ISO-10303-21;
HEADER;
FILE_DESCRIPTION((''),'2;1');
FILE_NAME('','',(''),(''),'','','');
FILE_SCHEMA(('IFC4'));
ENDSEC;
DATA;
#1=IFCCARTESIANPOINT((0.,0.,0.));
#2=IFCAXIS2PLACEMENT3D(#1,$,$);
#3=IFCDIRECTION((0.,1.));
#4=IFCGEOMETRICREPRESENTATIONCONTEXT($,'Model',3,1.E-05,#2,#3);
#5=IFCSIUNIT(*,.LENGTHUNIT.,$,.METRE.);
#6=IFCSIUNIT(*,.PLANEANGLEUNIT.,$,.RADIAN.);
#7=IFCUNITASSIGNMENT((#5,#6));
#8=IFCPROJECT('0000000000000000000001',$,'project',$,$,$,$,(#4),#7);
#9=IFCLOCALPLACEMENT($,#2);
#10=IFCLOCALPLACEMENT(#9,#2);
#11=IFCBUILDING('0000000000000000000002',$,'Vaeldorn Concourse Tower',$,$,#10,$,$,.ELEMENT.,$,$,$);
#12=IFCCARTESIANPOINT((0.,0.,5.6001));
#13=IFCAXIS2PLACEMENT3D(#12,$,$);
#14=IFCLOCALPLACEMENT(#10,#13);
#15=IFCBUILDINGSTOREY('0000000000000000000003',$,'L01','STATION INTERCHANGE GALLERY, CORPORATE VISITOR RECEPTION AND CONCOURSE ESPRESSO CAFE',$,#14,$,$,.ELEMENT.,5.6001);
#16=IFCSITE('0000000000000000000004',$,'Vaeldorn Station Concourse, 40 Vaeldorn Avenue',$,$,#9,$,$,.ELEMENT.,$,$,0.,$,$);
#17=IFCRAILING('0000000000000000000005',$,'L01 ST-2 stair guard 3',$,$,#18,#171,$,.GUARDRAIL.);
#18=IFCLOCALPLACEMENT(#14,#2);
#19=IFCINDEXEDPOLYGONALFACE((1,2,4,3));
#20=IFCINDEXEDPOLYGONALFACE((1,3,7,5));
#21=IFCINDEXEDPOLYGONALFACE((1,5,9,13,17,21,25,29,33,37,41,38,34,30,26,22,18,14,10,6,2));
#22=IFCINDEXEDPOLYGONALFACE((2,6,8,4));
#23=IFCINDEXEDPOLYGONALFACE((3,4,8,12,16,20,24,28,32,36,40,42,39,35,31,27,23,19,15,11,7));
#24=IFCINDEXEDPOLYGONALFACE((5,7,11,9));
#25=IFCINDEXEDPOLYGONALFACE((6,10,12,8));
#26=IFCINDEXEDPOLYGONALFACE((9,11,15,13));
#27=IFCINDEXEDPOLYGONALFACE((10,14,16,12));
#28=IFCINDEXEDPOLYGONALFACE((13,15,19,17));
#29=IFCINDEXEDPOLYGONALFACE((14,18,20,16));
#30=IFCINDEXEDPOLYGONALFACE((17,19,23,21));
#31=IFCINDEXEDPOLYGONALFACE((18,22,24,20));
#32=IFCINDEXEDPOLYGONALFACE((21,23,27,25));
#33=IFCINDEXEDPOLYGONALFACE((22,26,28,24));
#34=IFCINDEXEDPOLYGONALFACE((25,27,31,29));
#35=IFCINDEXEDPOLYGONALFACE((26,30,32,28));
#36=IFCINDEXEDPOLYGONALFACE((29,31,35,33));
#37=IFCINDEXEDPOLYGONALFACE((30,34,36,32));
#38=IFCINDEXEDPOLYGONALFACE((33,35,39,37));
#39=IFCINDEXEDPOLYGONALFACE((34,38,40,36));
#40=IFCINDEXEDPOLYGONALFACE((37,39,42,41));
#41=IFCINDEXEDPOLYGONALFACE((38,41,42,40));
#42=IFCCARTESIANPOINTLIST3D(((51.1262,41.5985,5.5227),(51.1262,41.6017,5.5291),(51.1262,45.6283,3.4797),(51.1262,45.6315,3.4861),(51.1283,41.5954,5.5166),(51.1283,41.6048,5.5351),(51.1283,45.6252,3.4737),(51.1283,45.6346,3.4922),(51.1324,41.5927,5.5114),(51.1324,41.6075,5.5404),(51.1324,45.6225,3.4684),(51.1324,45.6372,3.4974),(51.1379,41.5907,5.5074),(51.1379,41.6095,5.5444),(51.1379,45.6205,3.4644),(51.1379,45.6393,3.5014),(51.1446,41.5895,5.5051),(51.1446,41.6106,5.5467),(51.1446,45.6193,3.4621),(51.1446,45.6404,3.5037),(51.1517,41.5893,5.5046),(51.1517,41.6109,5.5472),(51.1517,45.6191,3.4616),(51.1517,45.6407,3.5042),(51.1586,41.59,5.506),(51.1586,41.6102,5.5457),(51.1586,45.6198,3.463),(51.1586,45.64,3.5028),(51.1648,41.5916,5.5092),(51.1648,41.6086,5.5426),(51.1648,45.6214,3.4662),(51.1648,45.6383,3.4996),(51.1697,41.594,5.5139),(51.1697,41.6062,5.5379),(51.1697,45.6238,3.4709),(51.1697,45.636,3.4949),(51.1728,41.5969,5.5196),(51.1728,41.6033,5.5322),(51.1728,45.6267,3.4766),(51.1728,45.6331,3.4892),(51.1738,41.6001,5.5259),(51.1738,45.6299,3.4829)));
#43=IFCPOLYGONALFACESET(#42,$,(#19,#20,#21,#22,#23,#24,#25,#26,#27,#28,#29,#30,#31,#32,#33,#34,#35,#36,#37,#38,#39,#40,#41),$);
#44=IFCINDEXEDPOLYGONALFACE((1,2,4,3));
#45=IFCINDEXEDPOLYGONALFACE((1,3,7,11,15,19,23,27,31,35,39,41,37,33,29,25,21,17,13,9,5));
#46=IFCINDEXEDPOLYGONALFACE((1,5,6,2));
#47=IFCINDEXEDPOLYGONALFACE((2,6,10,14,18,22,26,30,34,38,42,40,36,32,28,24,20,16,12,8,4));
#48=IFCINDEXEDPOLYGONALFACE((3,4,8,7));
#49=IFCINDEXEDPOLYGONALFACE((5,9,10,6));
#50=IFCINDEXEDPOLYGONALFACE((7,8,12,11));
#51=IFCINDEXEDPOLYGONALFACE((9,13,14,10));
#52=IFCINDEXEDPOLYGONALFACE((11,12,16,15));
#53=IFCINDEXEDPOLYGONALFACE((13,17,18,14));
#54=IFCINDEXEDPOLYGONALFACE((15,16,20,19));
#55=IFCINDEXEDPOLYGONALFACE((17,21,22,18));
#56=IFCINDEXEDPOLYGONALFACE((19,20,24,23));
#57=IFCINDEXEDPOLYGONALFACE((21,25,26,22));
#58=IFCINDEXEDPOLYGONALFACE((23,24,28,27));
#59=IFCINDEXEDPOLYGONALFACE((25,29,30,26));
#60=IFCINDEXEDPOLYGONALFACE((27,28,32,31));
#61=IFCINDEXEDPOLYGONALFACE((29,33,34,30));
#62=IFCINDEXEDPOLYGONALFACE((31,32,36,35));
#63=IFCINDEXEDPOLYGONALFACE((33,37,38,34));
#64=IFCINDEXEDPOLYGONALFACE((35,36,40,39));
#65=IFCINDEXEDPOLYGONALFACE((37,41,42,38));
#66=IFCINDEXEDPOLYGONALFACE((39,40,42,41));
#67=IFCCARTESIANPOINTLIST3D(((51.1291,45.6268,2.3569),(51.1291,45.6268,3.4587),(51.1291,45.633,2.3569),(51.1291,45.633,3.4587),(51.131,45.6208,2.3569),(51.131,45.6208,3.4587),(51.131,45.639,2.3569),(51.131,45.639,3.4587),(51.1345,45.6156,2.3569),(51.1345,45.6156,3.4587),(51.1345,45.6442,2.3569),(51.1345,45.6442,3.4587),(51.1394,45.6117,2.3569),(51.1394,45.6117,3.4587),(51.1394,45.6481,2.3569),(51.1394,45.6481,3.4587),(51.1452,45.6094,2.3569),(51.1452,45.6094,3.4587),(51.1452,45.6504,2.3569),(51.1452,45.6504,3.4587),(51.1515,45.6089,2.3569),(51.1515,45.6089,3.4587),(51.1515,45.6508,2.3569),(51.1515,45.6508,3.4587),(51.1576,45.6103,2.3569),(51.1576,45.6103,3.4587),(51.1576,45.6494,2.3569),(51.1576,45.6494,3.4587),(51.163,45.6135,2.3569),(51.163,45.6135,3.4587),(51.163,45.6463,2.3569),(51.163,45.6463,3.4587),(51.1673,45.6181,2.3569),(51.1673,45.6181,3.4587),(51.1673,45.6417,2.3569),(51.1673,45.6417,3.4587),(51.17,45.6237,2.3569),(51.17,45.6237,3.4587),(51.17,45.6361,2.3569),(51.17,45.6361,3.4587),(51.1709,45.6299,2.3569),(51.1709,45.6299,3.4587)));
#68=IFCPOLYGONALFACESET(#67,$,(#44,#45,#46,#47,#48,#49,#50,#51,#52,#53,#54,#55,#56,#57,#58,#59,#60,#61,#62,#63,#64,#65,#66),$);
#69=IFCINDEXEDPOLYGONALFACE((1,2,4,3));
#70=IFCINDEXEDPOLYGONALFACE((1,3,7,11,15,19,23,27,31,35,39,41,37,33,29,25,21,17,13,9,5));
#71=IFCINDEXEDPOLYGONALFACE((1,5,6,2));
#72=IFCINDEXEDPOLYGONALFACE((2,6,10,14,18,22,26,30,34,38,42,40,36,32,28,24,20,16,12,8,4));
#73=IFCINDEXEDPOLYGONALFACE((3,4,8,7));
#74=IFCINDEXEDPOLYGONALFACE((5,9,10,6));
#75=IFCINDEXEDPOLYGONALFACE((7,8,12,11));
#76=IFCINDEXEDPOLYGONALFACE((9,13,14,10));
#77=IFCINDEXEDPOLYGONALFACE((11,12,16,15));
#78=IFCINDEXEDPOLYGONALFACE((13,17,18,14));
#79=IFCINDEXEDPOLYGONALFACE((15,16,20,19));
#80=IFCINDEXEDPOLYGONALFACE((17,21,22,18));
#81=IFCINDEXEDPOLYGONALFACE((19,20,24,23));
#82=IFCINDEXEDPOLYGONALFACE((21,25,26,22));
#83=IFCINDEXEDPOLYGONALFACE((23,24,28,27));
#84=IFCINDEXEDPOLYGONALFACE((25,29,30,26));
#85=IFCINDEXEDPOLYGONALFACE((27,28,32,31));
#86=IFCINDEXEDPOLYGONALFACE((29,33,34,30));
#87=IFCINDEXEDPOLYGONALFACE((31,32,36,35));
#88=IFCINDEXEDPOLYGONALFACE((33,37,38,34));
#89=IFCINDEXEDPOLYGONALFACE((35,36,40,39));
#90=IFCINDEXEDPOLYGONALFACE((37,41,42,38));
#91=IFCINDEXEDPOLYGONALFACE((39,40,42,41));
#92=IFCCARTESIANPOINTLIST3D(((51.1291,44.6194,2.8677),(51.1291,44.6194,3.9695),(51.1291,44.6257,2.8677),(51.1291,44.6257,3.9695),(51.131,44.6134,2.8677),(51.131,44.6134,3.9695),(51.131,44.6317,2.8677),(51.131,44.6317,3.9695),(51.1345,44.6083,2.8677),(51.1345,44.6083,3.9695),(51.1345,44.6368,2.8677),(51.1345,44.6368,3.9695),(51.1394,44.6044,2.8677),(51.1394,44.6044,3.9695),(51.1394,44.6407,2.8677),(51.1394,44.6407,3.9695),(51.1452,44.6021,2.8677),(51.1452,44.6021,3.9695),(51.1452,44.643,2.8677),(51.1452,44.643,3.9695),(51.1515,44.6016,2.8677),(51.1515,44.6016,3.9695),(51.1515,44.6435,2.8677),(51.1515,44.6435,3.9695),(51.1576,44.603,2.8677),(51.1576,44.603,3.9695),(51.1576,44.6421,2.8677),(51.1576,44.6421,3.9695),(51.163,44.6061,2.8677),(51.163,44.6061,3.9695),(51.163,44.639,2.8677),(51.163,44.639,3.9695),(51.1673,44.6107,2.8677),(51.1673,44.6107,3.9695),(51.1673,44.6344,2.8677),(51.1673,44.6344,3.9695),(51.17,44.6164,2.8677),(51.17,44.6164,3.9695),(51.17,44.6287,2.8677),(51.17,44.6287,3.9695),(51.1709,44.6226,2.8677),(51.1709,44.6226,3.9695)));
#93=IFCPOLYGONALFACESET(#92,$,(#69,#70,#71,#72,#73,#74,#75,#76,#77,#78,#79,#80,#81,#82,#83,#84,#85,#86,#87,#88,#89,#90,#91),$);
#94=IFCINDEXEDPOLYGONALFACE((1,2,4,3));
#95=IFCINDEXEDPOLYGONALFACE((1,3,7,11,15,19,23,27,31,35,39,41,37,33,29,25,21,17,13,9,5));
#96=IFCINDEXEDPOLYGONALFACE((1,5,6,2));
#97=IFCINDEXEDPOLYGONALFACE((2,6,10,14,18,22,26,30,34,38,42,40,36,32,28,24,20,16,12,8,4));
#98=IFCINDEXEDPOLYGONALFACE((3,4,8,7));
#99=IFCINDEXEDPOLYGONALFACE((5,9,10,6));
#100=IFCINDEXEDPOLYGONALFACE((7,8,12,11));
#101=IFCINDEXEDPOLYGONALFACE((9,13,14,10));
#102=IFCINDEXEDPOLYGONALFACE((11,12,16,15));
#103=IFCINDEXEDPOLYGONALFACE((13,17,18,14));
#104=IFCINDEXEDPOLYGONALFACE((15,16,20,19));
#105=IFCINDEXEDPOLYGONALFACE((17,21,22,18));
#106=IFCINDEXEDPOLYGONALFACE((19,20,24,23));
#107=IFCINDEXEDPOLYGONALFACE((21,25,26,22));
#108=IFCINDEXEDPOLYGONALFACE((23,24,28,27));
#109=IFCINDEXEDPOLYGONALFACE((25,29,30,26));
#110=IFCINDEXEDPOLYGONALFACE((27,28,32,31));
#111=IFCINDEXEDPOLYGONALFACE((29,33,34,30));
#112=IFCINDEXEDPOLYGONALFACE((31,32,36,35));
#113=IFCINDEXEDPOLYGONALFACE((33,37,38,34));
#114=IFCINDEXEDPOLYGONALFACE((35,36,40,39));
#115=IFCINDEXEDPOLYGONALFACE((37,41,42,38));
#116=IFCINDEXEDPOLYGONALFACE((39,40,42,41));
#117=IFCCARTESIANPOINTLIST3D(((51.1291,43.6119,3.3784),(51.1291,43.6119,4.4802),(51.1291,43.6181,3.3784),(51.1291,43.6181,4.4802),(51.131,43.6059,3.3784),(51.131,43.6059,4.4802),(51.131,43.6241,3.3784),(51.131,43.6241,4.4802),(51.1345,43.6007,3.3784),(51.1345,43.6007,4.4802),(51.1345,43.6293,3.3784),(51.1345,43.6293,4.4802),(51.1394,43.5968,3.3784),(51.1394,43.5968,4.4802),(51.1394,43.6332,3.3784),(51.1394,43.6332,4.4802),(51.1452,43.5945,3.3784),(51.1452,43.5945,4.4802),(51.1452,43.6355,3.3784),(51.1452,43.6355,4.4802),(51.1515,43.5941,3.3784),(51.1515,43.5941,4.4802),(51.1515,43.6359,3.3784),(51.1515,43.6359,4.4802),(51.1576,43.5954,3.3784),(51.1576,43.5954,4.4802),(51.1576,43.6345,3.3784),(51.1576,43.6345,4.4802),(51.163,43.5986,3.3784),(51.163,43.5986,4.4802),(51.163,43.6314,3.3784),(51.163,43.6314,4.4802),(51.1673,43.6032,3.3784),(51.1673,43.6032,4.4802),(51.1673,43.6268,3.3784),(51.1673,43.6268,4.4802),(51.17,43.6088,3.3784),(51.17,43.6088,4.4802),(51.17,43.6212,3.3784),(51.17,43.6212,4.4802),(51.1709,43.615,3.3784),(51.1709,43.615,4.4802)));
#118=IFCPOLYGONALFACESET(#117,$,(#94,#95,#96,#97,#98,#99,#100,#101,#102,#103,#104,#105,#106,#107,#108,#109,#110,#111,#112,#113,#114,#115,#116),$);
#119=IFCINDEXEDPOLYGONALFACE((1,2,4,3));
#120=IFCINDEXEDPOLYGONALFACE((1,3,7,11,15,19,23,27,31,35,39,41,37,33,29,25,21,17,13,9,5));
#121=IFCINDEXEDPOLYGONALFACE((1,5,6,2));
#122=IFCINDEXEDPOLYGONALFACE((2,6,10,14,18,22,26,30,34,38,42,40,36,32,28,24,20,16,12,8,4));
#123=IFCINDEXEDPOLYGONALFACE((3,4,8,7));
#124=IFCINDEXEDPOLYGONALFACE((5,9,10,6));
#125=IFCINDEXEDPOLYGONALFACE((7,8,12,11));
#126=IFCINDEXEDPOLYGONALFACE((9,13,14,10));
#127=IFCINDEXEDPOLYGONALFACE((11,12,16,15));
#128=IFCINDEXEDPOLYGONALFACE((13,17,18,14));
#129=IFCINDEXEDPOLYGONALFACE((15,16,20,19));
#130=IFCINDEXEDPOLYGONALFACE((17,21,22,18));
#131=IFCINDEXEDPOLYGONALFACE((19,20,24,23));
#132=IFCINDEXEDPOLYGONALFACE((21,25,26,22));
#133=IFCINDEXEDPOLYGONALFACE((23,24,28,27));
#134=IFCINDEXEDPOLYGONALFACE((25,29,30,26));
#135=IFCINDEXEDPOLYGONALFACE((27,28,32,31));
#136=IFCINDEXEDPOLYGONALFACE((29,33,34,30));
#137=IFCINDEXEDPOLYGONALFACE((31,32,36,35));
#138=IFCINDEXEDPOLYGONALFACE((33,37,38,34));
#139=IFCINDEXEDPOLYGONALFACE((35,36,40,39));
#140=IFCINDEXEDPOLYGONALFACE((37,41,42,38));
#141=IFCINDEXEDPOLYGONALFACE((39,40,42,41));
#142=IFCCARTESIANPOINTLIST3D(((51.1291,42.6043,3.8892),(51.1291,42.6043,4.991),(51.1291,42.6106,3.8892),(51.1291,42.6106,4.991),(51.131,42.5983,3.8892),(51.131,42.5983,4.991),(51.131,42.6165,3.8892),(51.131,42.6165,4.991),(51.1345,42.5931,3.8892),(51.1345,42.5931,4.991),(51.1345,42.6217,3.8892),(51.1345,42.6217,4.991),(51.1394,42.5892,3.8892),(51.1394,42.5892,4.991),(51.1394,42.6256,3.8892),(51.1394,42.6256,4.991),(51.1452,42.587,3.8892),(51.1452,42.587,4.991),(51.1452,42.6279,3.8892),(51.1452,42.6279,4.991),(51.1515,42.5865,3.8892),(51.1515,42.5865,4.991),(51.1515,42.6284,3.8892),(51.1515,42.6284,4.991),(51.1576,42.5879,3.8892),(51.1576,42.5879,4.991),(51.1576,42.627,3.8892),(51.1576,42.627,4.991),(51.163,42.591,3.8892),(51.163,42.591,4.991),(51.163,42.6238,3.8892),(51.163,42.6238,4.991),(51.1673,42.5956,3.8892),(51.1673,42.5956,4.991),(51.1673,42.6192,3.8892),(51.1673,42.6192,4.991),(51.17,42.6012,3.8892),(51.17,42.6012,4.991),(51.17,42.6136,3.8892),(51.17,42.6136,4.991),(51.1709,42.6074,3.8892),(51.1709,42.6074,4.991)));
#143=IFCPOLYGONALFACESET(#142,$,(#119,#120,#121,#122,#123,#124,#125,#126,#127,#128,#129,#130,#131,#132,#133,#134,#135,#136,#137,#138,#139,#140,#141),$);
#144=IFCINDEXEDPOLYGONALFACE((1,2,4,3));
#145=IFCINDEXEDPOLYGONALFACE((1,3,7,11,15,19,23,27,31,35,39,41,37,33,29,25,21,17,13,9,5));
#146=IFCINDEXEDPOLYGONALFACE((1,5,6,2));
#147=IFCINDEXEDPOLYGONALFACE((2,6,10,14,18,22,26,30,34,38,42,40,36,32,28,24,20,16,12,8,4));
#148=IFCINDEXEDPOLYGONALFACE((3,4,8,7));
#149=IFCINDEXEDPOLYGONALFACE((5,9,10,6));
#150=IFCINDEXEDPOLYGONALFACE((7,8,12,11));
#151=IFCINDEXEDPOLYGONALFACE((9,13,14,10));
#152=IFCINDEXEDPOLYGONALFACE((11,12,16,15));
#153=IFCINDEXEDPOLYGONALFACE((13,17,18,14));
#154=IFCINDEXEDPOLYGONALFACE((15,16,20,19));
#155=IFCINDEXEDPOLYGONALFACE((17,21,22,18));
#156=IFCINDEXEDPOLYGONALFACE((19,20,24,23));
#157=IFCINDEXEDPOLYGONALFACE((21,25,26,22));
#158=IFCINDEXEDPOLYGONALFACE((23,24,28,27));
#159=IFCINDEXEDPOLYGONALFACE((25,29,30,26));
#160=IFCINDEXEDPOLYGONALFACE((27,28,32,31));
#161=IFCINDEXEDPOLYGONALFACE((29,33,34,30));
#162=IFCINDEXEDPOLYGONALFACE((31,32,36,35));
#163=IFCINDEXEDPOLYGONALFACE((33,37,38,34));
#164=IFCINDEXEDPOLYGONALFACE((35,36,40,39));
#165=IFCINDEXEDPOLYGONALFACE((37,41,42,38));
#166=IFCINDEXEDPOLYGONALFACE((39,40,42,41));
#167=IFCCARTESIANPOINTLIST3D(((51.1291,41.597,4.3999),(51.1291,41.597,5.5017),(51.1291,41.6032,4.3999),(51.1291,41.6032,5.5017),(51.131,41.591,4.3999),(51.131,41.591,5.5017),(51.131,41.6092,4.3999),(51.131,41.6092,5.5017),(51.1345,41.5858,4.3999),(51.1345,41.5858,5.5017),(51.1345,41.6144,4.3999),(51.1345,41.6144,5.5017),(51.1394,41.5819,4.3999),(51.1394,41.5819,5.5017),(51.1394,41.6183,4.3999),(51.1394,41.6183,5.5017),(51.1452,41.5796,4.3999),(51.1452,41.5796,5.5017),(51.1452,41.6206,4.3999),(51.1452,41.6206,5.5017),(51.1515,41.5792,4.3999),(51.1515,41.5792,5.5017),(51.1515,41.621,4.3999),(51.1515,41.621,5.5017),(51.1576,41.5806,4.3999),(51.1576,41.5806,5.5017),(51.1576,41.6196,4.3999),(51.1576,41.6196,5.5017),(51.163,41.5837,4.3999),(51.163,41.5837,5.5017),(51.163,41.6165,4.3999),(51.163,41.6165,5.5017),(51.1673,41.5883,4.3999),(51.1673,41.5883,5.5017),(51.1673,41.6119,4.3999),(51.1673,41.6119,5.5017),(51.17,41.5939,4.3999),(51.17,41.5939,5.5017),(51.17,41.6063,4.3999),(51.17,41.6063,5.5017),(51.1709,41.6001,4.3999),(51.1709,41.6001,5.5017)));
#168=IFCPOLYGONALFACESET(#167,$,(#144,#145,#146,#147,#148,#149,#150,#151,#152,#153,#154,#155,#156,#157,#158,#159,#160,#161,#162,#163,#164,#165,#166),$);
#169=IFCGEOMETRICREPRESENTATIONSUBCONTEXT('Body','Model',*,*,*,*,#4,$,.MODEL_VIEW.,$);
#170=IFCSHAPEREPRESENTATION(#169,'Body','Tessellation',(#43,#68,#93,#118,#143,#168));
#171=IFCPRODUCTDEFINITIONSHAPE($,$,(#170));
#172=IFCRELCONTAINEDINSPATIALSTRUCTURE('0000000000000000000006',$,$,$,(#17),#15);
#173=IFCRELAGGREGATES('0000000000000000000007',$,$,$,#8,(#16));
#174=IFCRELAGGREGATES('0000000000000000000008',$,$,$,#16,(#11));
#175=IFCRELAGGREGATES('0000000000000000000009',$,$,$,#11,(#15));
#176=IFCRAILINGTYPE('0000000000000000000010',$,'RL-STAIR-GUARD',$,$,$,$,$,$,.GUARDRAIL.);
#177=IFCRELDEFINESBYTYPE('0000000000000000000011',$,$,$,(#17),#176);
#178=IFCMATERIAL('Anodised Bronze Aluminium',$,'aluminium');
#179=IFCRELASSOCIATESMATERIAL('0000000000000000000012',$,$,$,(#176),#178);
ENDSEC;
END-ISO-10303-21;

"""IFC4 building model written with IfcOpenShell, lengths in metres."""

from ifc_helpers import new_model, si_unit, direction, frame, origin, origin_2d, place, context, subcontext, project, spatial, circle, extrude, material, type_object, element, save


model = new_model("IFC4")

# Units and contexts
model_context = context("Model", 3, precision=1e-05, world=origin(), true_north=direction((0.0, 1.0)))
body_context = subcontext(model_context, "Body", "Model", "MODEL_VIEW")
ifc_project = project(units=[si_unit("LENGTHUNIT", "METRE"), si_unit("PLANEANGLEUNIT", "RADIAN")], contexts=[model_context])

# Site, building, storey
site_placement = place(None, origin())
site = spatial("IfcSite", under=ifc_project, at=site_placement, Name="Vaeldorn Station Concourse, 40 Vaeldorn Avenue", CompositionType="ELEMENT", RefElevation=0.0)
building_placement = place(site_placement, origin())
building = spatial("IfcBuilding", under=site, at=building_placement, Name="Vaeldorn Concourse Tower", CompositionType="ELEMENT")
storey_placement = place(building_placement, frame((0.0, 0.0, 5.6001)))
storey = spatial("IfcBuildingStorey", under=building, at=storey_placement, Name="L01", Description="STATION INTERCHANGE GALLERY, CORPORATE VISITOR RECEPTION AND CONCOURSE ESPRESSO CAFE", CompositionType="ELEMENT", Elevation=5.6001)

# Shared definitions
ifc_material_1 = material(Name="Anodised Bronze Aluminium", Category="aluminium")

# Railing
railing_type_1 = type_object("IfcRailingType", Name="RL-STAIR-GUARD", PredefinedType="GUARDRAIL", material=ifc_material_1)
railing_1_placement = place(storey_placement, frame((51.1499, 45.6299, 2.3569)))
element("IfcRailing", 1, at=railing_1_placement, inside=storey, type_object=railing_type_1, Name="L01 ST-2 stair guard 3", PredefinedType="GUARDRAIL", context=body_context, shape_type="SweptSolid", body=[
    extrude(circle(Radius=0.0239, at=origin_2d()), frame((0.0, 0.0, 1.126), z_axis=(0.0, -0.891928, 0.452178), x_axis=(1.0, 0.0, 0.0)), (0.0, 0.0, 1.0), 4.5181),
    extrude(circle(Radius=0.021, at=origin_2d()), origin(), (0.0, 0.0, 1.0), 1.1018),
    extrude(circle(Radius=0.021, at=origin_2d()), frame((0.0, -1.0073, 0.5107)), (0.0, 0.0, 1.0), 1.1018),
    extrude(circle(Radius=0.021, at=origin_2d()), frame((0.0, -2.0149, 1.0215)), (0.0, 0.0, 1.0), 1.1018),
    extrude(circle(Radius=0.021, at=origin_2d()), frame((0.0, -3.0225, 1.5322)), (0.0, 0.0, 1.0), 1.1018),
    extrude(circle(Radius=0.021, at=origin_2d()), frame((0.0, -4.0298, 2.043)), (0.0, 0.0, 1.0), 1.1018),
])

save(model, "model.ifc")
